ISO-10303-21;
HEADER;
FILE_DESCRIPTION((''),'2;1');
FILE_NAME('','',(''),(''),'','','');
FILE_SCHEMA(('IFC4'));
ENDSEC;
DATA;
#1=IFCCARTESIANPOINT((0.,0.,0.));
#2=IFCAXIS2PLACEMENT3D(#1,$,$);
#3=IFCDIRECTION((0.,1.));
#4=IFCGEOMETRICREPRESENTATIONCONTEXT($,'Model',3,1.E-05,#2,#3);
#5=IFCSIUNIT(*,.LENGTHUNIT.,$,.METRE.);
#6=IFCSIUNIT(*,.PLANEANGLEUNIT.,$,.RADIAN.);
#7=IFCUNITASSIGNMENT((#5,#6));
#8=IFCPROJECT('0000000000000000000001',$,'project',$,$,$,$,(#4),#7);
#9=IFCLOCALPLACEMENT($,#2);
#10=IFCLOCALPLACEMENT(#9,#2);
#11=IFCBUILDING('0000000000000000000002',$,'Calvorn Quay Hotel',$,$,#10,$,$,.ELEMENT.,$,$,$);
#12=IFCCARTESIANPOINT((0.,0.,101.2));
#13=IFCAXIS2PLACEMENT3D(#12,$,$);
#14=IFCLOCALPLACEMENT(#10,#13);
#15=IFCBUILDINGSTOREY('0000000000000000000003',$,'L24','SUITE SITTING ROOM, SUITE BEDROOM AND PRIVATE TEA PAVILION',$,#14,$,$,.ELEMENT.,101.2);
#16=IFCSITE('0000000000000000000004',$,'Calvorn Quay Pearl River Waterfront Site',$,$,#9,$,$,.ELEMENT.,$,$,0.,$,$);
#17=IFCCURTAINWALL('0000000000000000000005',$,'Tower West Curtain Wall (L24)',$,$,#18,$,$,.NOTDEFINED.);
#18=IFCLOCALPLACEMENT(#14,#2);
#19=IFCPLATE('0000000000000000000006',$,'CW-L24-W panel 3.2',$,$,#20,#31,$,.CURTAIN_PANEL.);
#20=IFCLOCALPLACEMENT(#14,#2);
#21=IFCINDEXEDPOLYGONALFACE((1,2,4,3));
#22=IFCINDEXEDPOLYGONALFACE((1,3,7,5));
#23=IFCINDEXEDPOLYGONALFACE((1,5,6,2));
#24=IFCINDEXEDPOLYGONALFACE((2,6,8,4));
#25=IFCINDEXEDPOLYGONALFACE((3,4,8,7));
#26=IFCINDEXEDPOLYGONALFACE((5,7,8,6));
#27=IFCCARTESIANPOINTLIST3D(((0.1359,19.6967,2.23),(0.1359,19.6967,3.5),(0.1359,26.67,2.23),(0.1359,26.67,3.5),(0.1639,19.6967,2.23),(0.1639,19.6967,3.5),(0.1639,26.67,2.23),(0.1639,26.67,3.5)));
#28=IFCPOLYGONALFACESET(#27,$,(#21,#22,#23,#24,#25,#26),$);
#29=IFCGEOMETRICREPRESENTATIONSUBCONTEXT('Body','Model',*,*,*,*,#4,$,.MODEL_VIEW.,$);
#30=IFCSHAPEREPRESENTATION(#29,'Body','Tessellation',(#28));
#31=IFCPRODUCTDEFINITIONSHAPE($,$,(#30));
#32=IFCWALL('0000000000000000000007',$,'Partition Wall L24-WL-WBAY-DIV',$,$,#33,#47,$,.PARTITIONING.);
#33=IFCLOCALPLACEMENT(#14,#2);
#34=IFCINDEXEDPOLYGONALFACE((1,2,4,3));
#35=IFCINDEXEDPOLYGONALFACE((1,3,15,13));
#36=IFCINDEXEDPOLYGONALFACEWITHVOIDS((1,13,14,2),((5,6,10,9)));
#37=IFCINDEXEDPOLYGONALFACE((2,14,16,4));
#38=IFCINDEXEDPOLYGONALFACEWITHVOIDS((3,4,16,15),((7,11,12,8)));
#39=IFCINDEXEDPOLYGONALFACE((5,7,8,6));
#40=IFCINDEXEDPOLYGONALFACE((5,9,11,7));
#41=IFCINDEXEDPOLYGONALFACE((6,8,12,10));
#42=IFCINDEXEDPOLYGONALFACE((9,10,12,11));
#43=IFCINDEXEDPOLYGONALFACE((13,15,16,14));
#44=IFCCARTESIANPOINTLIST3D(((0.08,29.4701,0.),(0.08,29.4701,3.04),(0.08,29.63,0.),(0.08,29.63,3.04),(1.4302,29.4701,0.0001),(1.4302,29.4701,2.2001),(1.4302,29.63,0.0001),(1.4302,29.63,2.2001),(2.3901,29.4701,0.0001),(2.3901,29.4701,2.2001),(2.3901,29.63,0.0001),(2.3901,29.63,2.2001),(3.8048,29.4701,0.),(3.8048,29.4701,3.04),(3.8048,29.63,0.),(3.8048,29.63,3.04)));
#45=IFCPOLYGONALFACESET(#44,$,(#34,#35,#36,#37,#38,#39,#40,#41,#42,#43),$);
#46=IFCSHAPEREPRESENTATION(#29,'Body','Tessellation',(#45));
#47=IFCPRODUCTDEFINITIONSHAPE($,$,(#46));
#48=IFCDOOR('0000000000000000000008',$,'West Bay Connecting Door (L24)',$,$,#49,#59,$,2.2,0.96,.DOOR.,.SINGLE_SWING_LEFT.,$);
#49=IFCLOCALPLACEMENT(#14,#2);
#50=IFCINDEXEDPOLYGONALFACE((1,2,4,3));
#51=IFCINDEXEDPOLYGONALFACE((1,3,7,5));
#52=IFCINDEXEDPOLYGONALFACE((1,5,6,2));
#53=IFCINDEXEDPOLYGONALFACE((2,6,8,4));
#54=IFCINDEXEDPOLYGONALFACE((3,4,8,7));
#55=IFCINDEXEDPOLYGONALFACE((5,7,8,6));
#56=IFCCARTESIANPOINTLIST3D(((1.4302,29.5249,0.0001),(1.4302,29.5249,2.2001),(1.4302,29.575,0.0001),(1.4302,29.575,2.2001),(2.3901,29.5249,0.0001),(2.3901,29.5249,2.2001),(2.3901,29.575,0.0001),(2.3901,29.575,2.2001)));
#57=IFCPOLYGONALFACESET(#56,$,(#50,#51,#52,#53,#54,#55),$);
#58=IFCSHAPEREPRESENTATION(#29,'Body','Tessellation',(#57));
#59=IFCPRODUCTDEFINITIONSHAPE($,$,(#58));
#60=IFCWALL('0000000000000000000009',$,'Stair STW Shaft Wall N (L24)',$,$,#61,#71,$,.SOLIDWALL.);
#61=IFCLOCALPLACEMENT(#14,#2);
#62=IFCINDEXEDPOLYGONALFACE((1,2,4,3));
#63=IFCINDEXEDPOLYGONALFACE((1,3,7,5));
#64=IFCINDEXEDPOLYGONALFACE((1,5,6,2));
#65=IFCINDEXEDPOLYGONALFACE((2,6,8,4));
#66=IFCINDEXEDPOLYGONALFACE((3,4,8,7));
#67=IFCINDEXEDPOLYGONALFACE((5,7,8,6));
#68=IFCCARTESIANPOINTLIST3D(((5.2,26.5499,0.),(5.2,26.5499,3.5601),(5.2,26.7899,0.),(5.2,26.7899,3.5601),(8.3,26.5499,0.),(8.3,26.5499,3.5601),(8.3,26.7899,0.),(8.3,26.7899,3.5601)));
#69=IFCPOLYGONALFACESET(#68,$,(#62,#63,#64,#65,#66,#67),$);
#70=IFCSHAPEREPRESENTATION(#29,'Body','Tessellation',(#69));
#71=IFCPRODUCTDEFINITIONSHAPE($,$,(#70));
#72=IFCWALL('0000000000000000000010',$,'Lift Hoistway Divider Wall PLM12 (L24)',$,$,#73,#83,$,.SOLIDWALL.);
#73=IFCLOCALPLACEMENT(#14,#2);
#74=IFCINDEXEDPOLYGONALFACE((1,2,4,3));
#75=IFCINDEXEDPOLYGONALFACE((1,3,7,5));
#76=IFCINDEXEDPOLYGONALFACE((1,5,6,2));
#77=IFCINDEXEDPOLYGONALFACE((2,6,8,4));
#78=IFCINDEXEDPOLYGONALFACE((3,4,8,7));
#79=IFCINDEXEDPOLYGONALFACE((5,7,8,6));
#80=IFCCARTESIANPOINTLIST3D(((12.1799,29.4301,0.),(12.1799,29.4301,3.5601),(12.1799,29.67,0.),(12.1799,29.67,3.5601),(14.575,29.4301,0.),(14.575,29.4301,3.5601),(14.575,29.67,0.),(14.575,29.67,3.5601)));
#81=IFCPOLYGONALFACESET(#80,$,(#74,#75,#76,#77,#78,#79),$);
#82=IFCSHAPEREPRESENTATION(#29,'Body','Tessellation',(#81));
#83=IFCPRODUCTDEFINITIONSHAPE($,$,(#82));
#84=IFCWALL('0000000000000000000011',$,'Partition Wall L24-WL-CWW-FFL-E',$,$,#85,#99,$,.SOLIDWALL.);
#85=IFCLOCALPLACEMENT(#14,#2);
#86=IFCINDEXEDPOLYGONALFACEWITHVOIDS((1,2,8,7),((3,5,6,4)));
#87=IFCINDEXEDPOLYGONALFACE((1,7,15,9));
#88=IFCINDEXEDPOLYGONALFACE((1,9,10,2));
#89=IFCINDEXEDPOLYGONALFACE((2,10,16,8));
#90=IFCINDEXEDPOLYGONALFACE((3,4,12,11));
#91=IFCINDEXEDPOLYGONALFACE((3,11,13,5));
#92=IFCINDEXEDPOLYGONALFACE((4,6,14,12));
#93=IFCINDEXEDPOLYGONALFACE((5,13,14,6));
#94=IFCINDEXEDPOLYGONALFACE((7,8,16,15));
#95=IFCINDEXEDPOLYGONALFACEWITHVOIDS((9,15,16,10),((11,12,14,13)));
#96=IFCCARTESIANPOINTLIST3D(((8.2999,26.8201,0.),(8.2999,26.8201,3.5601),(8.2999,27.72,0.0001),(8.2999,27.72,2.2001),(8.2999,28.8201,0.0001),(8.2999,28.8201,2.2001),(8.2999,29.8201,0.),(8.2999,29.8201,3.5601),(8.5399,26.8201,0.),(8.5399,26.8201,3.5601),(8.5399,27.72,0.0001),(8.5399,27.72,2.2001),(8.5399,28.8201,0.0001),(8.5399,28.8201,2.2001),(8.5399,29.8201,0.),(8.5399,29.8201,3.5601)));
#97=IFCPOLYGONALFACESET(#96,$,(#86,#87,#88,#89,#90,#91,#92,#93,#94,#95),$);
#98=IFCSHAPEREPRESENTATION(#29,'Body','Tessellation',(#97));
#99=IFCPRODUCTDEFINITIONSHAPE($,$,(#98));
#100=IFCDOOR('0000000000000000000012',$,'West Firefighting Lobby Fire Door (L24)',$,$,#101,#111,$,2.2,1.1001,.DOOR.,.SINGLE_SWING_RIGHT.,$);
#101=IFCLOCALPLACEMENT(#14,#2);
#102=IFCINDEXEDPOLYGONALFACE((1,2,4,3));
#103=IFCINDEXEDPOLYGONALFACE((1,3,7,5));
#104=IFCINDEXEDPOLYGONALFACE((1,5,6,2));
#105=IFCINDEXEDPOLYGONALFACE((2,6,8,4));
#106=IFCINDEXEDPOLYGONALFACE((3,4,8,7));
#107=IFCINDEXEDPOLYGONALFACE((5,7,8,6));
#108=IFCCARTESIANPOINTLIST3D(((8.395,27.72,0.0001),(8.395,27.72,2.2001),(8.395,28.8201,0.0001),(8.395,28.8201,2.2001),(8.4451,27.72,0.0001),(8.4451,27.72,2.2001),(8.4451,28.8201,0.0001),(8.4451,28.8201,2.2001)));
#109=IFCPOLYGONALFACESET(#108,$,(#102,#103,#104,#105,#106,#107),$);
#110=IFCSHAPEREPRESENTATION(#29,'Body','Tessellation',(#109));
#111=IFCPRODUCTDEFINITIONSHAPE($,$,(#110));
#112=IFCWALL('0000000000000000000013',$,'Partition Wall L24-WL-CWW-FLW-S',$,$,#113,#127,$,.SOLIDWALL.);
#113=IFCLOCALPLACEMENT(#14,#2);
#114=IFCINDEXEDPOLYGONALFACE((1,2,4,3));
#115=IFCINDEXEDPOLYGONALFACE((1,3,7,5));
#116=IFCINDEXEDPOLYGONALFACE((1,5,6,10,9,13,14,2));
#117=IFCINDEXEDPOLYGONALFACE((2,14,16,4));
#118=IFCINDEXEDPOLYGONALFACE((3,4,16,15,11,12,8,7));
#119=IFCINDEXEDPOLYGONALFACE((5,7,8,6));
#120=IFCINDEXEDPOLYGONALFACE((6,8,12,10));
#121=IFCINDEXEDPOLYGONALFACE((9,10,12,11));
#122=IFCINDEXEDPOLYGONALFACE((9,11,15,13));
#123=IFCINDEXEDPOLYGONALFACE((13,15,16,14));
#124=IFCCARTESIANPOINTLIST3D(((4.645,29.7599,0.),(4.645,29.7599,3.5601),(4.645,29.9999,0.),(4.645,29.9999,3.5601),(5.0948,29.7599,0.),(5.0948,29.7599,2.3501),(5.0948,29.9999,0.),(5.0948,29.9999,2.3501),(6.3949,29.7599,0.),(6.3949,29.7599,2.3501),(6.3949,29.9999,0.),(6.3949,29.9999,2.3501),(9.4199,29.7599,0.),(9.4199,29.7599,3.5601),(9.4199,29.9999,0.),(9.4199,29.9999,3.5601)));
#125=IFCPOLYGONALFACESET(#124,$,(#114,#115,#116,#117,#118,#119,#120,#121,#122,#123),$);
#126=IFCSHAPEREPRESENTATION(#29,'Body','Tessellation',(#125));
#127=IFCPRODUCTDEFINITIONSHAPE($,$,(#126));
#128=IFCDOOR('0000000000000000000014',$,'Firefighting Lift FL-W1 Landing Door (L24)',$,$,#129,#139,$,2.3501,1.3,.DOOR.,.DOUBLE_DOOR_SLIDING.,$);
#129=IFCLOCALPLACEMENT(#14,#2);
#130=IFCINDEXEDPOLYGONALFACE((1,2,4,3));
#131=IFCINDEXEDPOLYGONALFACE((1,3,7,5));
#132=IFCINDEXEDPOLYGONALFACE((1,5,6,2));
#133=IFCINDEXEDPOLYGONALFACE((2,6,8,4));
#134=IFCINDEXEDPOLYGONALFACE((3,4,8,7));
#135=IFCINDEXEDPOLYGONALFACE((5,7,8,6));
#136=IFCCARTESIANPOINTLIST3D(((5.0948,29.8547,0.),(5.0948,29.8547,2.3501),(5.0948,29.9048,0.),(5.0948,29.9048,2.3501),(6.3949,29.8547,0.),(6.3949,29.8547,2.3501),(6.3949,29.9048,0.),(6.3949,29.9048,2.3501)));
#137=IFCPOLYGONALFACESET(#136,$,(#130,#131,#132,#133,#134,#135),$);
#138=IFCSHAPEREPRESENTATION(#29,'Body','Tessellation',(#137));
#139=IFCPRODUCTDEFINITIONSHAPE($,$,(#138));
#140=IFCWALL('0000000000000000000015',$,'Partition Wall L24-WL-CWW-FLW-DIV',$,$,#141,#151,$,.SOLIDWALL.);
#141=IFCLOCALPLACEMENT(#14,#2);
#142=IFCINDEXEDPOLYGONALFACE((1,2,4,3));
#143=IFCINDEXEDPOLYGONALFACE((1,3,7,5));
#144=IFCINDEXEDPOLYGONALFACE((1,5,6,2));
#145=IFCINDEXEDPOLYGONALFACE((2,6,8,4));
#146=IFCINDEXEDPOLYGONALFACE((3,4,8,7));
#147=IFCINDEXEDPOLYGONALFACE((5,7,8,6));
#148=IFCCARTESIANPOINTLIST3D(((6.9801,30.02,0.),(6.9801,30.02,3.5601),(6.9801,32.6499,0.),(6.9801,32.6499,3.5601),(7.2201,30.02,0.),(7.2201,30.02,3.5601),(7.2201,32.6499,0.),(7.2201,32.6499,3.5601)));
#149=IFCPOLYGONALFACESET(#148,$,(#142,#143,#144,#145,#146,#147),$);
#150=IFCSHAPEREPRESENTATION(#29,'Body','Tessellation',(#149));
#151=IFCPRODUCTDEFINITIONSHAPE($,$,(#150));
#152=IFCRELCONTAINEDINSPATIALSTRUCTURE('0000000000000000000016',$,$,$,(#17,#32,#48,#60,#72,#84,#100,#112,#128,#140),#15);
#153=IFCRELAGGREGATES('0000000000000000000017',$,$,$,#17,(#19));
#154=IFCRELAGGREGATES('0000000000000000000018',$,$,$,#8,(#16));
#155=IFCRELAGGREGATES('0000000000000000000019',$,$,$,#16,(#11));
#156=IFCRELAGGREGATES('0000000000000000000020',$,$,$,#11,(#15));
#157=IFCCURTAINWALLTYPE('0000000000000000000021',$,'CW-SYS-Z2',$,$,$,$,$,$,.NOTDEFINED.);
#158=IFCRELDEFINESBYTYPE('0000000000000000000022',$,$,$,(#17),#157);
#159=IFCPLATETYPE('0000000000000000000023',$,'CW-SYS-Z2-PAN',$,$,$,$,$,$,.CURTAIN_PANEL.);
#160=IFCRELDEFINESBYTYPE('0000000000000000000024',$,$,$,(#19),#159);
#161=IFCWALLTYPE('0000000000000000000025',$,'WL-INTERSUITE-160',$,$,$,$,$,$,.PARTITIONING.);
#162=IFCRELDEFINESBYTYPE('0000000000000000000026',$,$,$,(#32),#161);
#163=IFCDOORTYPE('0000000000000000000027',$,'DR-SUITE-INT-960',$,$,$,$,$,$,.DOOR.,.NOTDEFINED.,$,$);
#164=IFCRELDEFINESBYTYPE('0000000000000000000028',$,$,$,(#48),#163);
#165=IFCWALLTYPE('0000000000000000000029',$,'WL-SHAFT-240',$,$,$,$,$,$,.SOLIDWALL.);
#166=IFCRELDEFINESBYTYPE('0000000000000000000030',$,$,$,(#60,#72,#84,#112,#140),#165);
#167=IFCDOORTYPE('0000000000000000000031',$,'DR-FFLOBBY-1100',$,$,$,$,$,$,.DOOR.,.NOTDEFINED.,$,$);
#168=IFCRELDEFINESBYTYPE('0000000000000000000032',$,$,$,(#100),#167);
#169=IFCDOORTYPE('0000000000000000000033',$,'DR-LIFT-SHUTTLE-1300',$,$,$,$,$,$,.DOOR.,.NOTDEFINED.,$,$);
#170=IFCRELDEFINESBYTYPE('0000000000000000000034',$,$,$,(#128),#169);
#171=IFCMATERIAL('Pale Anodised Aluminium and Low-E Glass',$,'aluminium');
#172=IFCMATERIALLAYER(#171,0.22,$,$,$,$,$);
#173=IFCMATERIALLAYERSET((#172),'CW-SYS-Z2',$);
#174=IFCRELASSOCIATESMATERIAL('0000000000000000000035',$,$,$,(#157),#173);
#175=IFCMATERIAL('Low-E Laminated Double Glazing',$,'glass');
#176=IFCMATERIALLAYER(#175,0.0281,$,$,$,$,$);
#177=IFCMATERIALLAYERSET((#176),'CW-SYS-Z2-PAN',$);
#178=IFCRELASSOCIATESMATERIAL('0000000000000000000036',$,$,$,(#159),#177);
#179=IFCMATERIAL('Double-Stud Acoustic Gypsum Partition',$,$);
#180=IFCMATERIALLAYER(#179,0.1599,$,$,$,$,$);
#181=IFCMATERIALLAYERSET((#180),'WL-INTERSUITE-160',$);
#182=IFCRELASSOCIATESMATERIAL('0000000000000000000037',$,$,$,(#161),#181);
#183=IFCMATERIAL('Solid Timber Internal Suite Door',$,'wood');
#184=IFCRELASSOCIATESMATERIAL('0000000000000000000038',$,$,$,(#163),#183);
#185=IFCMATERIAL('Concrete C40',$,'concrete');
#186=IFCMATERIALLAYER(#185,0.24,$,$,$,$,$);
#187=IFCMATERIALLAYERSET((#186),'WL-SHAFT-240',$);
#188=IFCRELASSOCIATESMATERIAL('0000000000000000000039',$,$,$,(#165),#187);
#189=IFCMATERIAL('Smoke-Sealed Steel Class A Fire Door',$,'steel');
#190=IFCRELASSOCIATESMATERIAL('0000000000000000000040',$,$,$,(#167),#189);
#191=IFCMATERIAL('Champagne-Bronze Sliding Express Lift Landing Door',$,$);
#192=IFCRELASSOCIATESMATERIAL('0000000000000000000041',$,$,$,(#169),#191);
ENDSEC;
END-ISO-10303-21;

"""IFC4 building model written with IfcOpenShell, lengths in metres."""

from ifc_helpers import new_model, si_unit, direction, frame, frame_2d, origin, origin_2d, place, context, subcontext, project, spatial, rectangle, extrude, material, layer, layer_set, type_object, element, fill, aggregate, save


model = new_model("IFC4")

# Units and contexts
model_context = context("Model", 3, precision=1e-05, world=origin(), true_north=direction((0.0, 1.0)))
body_context = subcontext(model_context, "Body", "Model", "MODEL_VIEW")
ifc_project = project(units=[si_unit("LENGTHUNIT", "METRE"), si_unit("PLANEANGLEUNIT", "RADIAN")], contexts=[model_context])

# Site, building, storey
site_placement = place(None, origin())
site = spatial("IfcSite", under=ifc_project, at=site_placement, Name="Calvorn Quay Pearl River Waterfront Site", CompositionType="ELEMENT", RefElevation=0.0)
building_placement = place(site_placement, origin())
building = spatial("IfcBuilding", under=site, at=building_placement, Name="Calvorn Quay Hotel", CompositionType="ELEMENT")
storey_placement = place(building_placement, frame((0.0, 0.0, 101.2)))
storey = spatial("IfcBuildingStorey", under=building, at=storey_placement, Name="L24", Description="SUITE SITTING ROOM, SUITE BEDROOM AND PRIVATE TEA PAVILION", CompositionType="ELEMENT", Elevation=101.2)

# Curtain wall, plate
ifc_material_1 = material(Name="Pale Anodised Aluminium and Low-E Glass", Category="aluminium")
ifc_layer_1 = layer(ifc_material_1, 0.22)
ifc_layer_set_1 = layer_set([ifc_layer_1], Name="CW-SYS-Z2")
curtain_wall_type = type_object("IfcCurtainWallType", Name="CW-SYS-Z2", PredefinedType="NOTDEFINED", material=ifc_layer_set_1)
curtain_wall_placement = place(storey_placement, origin())
curtain_wall = element("IfcCurtainWall", 1, at=curtain_wall_placement, inside=storey, type_object=curtain_wall_type, Name="Tower West Curtain Wall (L24)", PredefinedType="NOTDEFINED")
ifc_material_2 = material(Name="Low-E Laminated Double Glazing", Category="glass")
ifc_layer_2 = layer(ifc_material_2, 0.0281)
ifc_layer_set_2 = layer_set([ifc_layer_2], Name="CW-SYS-Z2-PAN")
plate_type = type_object("IfcPlateType", Name="CW-SYS-Z2-PAN", PredefinedType="CURTAIN_PANEL", material=ifc_layer_set_2)
plate_placement = place(storey_placement, frame((0.1499, 23.1833, 2.23), z_axis=(0.0, 0.0, 1.0), x_axis=(0.0, 1.0, 0.0)))
plate = element("IfcPlate", 2, at=plate_placement, type_object=plate_type, Name="CW-L24-W panel 3.2", PredefinedType="CURTAIN_PANEL", context=body_context, shape_type="SweptSolid", body=[
    extrude(rectangle(XDim=6.9734, YDim=0.0281, at=origin_2d()), origin(), (0.0, 0.0, 1.0), 1.27),
])
aggregate(curtain_wall, [plate])

# Wall, opening, door
ifc_material_3 = material(Name="Double-Stud Acoustic Gypsum Partition")
ifc_layer_3 = layer(ifc_material_3, 0.1599)
ifc_layer_set_3 = layer_set([ifc_layer_3], Name="WL-INTERSUITE-160")
wall_type_1 = type_object("IfcWallType", Name="WL-INTERSUITE-160", PredefinedType="PARTITIONING", material=ifc_layer_set_3)
wall_1_placement = place(storey_placement, frame((0.0801, 29.55, 0.0), z_axis=(0.0, 0.0, 1.0), x_axis=(1.0, 0.0, 0.0)))
wall_1 = element("IfcWall", 3, at=wall_1_placement, inside=storey, type_object=wall_type_1, Name="Partition Wall L24-WL-WBAY-DIV", PredefinedType="PARTITIONING", context=body_context, shape_type="SweptSolid", body=[
    extrude(rectangle(XDim=3.7249, YDim=0.1599, at=frame_2d((1.8623, 0.0))), origin(), (0.0, 0.0, 1.0), 3.04),
])
opening_1_placement = place(wall_1_placement, frame((1.3501, 0.0, 0.0)))
opening_1 = element("IfcOpeningElement", 4, at=opening_1_placement, cuts=wall_1, PredefinedType="OPENING", context=body_context, shape_type="SweptSolid", body=[
    extrude(rectangle(XDim=0.96, YDim=2.2, at=frame_2d((0.48, 1.1001))), frame((0.0, 0.0898, 0.0), z_axis=(0.0, -1.0, 0.0), x_axis=(1.0, 0.0, 0.0)), (0.0, 0.0, 1.0), 0.1799),
])
ifc_material_4 = material(Name="Solid Timber Internal Suite Door", Category="wood")
door_type_1 = type_object("IfcDoorType", Name="DR-SUITE-INT-960", OperationType="NOTDEFINED", PredefinedType="DOOR", material=ifc_material_4)
door_1_placement = place(opening_1_placement, origin())
door_1 = element("IfcDoor", 5, at=door_1_placement, inside=storey, type_object=door_type_1, Name="West Bay Connecting Door (L24)", OperationType="SINGLE_SWING_LEFT", OverallHeight=2.2, OverallWidth=0.96, PredefinedType="DOOR", context=body_context, shape_type="SweptSolid", body=[
    extrude(rectangle(XDim=0.96, YDim=2.2, at=frame_2d((0.48, 1.1001))), frame((0.0, 0.0249, 0.0), z_axis=(0.0, -1.0, 0.0), x_axis=(1.0, 0.0, 0.0)), (0.0, 0.0, 1.0), 0.05),
])
fill(opening_1, door_1)

# Walls
ifc_material_5 = material(Name="Concrete C40", Category="concrete")
ifc_layer_4 = layer(ifc_material_5, 0.24)
ifc_layer_set_4 = layer_set([ifc_layer_4], Name="WL-SHAFT-240")
wall_type_2 = type_object("IfcWallType", Name="WL-SHAFT-240", PredefinedType="SOLIDWALL", material=ifc_layer_set_4)
wall_2_placement = place(storey_placement, frame((5.2, 26.6699, 0.0), z_axis=(0.0, 0.0, 1.0), x_axis=(1.0, 0.0, 0.0)))
element("IfcWall", 6, at=wall_2_placement, inside=storey, type_object=wall_type_2, Name="Stair STW Shaft Wall N (L24)", PredefinedType="SOLIDWALL", context=body_context, shape_type="SweptSolid", body=[
    extrude(rectangle(XDim=3.1001, YDim=0.24, at=frame_2d((1.55, 0.0))), origin(), (0.0, 0.0, 1.0), 3.5601),
])
wall_3_placement = place(storey_placement, frame((12.1799, 29.55, 0.0), z_axis=(0.0, 0.0, 1.0), x_axis=(1.0, 0.0, 0.0)))
element("IfcWall", 7, at=wall_3_placement, inside=storey, type_object=wall_type_2, Name="Lift Hoistway Divider Wall PLM12 (L24)", PredefinedType="SOLIDWALL", context=body_context, shape_type="SweptSolid", body=[
    extrude(rectangle(XDim=2.395, YDim=0.24, at=frame_2d((1.1975, 0.0))), origin(), (0.0, 0.0, 1.0), 3.5601),
])

# Walls, openings, doors
wall_4_placement = place(storey_placement, frame((8.4199, 26.8201, 0.0), z_axis=(0.0, 0.0, 1.0), x_axis=(0.0, 1.0, 0.0)))
wall_4 = element("IfcWall", 8, at=wall_4_placement, inside=storey, type_object=wall_type_2, Name="Partition Wall L24-WL-CWW-FFL-E", PredefinedType="SOLIDWALL", context=body_context, shape_type="SweptSolid", body=[
    extrude(rectangle(XDim=3.0, YDim=0.24, at=frame_2d((1.5, 0.0))), origin(), (0.0, 0.0, 1.0), 3.5601),
])
opening_2_placement = place(wall_4_placement, frame((0.8999, 0.0, 0.0)))
opening_2 = element("IfcOpeningElement", 9, at=opening_2_placement, cuts=wall_4, PredefinedType="OPENING", context=body_context, shape_type="SweptSolid", body=[
    extrude(rectangle(XDim=1.1001, YDim=2.2, at=frame_2d((0.55, 1.1001))), frame((0.0, 0.1299, 0.0), z_axis=(0.0, -1.0, 0.0), x_axis=(1.0, 0.0, 0.0)), (0.0, 0.0, 1.0), 0.26),
])
ifc_material_6 = material(Name="Smoke-Sealed Steel Class A Fire Door", Category="steel")
door_type_2 = type_object("IfcDoorType", Name="DR-FFLOBBY-1100", OperationType="NOTDEFINED", PredefinedType="DOOR", material=ifc_material_6)
door_2_placement = place(opening_2_placement, origin())
door_2 = element("IfcDoor", 10, at=door_2_placement, inside=storey, type_object=door_type_2, Name="West Firefighting Lobby Fire Door (L24)", OperationType="SINGLE_SWING_RIGHT", OverallHeight=2.2, OverallWidth=1.1001, PredefinedType="DOOR", context=body_context, shape_type="SweptSolid", body=[
    extrude(rectangle(XDim=1.1001, YDim=2.2, at=frame_2d((0.55, 1.1001))), frame((0.0, 0.0249, 0.0), z_axis=(0.0, -1.0, 0.0), x_axis=(1.0, 0.0, 0.0)), (0.0, 0.0, 1.0), 0.05),
])
fill(opening_2, door_2)
wall_5_placement = place(storey_placement, frame((4.645, 29.8799, 0.0), z_axis=(0.0, 0.0, 1.0), x_axis=(1.0, 0.0, 0.0)))
wall_5 = element("IfcWall", 11, at=wall_5_placement, inside=storey, type_object=wall_type_2, Name="Partition Wall L24-WL-CWW-FLW-S", PredefinedType="SOLIDWALL", context=body_context, shape_type="SweptSolid", body=[
    extrude(rectangle(XDim=4.7749, YDim=0.24, at=frame_2d((2.3875, 0.0))), origin(), (0.0, 0.0, 1.0), 3.5601),
])
opening_3_placement = place(wall_5_placement, frame((0.45, 0.0, 0.0)))
opening_3 = element("IfcOpeningElement", 12, at=opening_3_placement, cuts=wall_5, PredefinedType="OPENING", context=body_context, shape_type="SweptSolid", body=[
    extrude(rectangle(XDim=1.3, YDim=2.3501, at=frame_2d((0.6499, 1.175))), frame((0.0, 0.1299, 0.0), z_axis=(0.0, -1.0, 0.0), x_axis=(1.0, 0.0, 0.0)), (0.0, 0.0, 1.0), 0.26),
])
ifc_material_7 = material(Name="Champagne-Bronze Sliding Express Lift Landing Door")
door_type_3 = type_object("IfcDoorType", Name="DR-LIFT-SHUTTLE-1300", OperationType="NOTDEFINED", PredefinedType="DOOR", material=ifc_material_7)
door_3_placement = place(opening_3_placement, origin())
door_3 = element("IfcDoor", 13, at=door_3_placement, inside=storey, type_object=door_type_3, Name="Firefighting Lift FL-W1 Landing Door (L24)", OperationType="DOUBLE_DOOR_SLIDING", OverallHeight=2.3501, OverallWidth=1.3, PredefinedType="DOOR", context=body_context, shape_type="SweptSolid", body=[
    extrude(rectangle(XDim=1.3, YDim=2.3501, at=frame_2d((0.6499, 1.175))), frame((0.0, 0.0249, 0.0), z_axis=(0.0, -1.0, 0.0), x_axis=(1.0, 0.0, 0.0)), (0.0, 0.0, 1.0), 0.05),
])
fill(opening_3, door_3)

# Wall
wall_6_placement = place(storey_placement, frame((7.1001, 30.02, 0.0), z_axis=(0.0, 0.0, 1.0), x_axis=(0.0, 1.0, 0.0)))
element("IfcWall", 14, at=wall_6_placement, inside=storey, type_object=wall_type_2, Name="Partition Wall L24-WL-CWW-FLW-DIV", PredefinedType="SOLIDWALL", context=body_context, shape_type="SweptSolid", body=[
    extrude(rectangle(XDim=2.6299, YDim=0.24, at=frame_2d((1.3149, 0.0))), origin(), (0.0, 0.0, 1.0), 3.5601),
])

save(model, "model.ifc")
